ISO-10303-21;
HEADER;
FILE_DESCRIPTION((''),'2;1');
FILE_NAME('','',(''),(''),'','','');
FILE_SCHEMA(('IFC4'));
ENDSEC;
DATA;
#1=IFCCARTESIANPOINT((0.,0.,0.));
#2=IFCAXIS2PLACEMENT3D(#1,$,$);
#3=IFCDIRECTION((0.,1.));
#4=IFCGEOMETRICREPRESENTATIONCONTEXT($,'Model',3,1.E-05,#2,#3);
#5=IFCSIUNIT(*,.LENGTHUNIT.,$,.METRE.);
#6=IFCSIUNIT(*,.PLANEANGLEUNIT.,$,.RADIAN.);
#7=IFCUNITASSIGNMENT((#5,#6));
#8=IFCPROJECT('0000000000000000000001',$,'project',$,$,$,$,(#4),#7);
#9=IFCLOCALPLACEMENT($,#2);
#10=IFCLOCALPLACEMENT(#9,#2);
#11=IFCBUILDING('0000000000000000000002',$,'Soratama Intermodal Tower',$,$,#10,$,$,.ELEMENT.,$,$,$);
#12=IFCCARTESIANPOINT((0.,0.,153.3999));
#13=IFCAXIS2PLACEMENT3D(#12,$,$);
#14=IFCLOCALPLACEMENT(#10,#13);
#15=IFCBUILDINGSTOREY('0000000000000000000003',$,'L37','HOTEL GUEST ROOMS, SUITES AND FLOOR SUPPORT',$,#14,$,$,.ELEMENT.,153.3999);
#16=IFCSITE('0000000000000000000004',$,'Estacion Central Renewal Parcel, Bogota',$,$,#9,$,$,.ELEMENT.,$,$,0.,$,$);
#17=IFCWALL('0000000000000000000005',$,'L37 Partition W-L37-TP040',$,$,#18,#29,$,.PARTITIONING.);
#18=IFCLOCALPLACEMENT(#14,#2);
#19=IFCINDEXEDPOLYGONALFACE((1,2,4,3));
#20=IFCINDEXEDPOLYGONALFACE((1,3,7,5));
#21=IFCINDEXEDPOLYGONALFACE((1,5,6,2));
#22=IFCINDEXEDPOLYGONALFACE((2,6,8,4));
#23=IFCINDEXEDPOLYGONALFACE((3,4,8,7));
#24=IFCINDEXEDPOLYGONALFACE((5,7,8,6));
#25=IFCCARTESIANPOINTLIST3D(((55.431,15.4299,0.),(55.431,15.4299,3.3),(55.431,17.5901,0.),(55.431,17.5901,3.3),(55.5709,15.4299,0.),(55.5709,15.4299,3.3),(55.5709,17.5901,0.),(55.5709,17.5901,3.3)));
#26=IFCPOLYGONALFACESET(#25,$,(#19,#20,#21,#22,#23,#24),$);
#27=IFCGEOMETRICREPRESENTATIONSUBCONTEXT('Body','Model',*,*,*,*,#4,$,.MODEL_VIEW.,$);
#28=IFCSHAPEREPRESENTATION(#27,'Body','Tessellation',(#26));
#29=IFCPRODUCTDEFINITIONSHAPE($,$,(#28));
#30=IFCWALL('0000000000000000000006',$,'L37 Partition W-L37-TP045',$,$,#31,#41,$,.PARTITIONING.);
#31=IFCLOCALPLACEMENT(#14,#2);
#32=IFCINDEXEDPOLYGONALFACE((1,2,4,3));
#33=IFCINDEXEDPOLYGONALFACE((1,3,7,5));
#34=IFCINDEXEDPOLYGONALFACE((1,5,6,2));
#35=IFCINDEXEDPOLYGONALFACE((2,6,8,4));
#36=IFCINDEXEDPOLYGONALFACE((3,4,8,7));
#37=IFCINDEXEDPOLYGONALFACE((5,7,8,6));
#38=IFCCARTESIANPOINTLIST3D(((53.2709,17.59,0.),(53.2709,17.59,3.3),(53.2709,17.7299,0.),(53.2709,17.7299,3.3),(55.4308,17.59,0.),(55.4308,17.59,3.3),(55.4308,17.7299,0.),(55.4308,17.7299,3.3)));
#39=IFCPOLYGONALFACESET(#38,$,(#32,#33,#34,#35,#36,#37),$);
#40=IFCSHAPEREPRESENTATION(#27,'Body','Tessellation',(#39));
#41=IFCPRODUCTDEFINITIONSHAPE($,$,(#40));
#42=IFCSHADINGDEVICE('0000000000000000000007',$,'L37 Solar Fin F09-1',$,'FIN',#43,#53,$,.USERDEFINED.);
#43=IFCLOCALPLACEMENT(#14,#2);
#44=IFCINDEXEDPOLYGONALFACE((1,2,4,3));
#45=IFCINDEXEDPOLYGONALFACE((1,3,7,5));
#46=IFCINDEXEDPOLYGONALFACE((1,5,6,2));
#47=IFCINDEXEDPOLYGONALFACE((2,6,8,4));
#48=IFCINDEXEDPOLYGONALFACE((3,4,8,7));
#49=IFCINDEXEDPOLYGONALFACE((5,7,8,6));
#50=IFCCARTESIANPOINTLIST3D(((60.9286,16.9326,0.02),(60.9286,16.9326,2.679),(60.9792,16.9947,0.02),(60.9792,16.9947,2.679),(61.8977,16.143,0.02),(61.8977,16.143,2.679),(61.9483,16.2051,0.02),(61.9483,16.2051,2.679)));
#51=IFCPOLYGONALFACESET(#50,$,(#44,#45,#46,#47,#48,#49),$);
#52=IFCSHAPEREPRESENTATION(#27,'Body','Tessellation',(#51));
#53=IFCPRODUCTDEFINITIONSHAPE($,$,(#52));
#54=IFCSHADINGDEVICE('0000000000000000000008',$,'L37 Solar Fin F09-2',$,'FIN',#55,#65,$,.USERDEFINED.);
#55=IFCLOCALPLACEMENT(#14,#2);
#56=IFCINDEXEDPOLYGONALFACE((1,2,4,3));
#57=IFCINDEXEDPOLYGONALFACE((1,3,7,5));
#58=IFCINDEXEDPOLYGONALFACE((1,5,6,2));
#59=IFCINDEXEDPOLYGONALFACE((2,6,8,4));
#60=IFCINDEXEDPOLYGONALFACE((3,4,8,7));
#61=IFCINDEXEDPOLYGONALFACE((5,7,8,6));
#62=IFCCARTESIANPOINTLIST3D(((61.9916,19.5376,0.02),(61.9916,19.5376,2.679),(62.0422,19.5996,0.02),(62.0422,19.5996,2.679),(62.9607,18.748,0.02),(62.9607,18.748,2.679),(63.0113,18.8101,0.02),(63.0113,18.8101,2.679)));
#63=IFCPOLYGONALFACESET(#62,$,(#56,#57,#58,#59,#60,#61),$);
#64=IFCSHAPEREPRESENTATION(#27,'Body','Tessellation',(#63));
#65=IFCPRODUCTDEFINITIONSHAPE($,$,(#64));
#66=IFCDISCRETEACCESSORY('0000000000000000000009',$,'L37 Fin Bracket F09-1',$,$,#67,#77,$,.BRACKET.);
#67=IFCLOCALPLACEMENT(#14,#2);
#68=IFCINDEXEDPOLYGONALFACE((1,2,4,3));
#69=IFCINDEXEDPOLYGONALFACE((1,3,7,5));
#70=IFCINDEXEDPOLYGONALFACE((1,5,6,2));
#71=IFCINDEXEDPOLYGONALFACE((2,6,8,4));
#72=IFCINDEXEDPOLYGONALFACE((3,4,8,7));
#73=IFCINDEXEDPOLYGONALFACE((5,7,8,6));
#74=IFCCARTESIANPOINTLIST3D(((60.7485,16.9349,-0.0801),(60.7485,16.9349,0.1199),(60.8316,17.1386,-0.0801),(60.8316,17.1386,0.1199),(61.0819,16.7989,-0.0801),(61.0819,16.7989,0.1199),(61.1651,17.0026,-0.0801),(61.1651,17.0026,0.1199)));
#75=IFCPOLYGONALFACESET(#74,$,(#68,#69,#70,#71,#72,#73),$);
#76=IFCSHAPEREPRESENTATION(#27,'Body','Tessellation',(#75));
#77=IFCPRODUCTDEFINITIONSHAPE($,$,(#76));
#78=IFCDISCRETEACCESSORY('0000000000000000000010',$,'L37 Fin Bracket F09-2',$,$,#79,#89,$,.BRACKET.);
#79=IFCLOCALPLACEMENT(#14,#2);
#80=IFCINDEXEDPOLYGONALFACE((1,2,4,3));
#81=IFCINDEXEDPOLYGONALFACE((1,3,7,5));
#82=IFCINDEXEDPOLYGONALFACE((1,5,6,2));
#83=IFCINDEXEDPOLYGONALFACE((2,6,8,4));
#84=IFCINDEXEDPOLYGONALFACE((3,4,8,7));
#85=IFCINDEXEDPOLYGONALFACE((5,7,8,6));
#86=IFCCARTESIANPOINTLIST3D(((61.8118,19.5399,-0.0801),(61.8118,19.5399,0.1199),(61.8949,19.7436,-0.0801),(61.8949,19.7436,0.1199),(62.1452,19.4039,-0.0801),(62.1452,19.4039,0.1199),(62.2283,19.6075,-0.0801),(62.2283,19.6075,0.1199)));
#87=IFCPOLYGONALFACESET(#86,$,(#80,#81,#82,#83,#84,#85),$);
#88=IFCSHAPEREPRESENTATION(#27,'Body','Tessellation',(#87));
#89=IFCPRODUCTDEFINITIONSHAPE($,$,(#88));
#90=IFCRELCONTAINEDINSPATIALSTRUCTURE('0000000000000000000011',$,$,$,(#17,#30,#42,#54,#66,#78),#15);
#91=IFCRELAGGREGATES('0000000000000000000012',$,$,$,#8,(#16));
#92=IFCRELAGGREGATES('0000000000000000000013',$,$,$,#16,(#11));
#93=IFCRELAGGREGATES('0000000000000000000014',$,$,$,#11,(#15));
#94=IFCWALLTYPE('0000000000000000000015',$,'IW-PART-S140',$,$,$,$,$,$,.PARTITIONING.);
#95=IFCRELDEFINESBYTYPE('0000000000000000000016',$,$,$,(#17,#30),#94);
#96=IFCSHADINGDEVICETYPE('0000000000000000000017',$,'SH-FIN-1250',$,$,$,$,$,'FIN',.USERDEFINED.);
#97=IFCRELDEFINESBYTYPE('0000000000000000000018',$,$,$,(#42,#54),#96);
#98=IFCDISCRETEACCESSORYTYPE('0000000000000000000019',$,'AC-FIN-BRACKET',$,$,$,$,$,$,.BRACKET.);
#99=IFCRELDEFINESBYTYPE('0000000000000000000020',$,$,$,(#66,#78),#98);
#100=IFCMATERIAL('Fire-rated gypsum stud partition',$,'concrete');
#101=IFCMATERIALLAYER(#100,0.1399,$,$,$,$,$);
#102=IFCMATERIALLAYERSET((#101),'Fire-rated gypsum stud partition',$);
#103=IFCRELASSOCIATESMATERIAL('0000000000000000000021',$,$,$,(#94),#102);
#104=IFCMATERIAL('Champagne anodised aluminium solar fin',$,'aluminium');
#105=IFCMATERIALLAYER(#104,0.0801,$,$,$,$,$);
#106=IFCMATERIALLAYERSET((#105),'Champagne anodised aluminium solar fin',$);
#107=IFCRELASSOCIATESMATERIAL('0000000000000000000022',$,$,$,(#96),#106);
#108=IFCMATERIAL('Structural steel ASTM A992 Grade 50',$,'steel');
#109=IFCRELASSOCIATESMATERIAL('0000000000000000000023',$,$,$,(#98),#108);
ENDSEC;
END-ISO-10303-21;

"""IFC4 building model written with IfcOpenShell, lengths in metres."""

from ifc_helpers import new_model, si_unit, direction, frame, frame_2d, origin, origin_2d, place, context, subcontext, project, spatial, rectangle, extrude, material, layer, layer_set, type_object, element, save


model = new_model("IFC4")

# Units and contexts
model_context = context("Model", 3, precision=1e-05, world=origin(), true_north=direction((0.0, 1.0)))
body_context = subcontext(model_context, "Body", "Model", "MODEL_VIEW")
ifc_project = project(units=[si_unit("LENGTHUNIT", "METRE"), si_unit("PLANEANGLEUNIT", "RADIAN")], contexts=[model_context])

# Site, building, storey
site_placement = place(None, origin())
site = spatial("IfcSite", under=ifc_project, at=site_placement, Name="Estacion Central Renewal Parcel, Bogota", CompositionType="ELEMENT", RefElevation=0.0)
building_placement = place(site_placement, origin())
building = spatial("IfcBuilding", under=site, at=building_placement, Name="Soratama Intermodal Tower", CompositionType="ELEMENT")
storey_placement = place(building_placement, frame((0.0, 0.0, 153.3999)))
storey = spatial("IfcBuildingStorey", under=building, at=storey_placement, Name="L37", Description="HOTEL GUEST ROOMS, SUITES AND FLOOR SUPPORT", CompositionType="ELEMENT", Elevation=153.3999)

# Walls
ifc_material_1 = material(Name="Fire-rated gypsum stud partition", Category="concrete")
ifc_layer_1 = layer(ifc_material_1, 0.1399)
ifc_layer_set_1 = layer_set([ifc_layer_1], Name="Fire-rated gypsum stud partition")
wall_type_1 = type_object("IfcWallType", Name="IW-PART-S140", PredefinedType="PARTITIONING", material=ifc_layer_set_1)
wall_1_placement = place(storey_placement, frame((55.501, 15.4299, 0.0), z_axis=(0.0, 0.0, 1.0), x_axis=(0.0, 1.0, 0.0)))
element("IfcWall", 1, at=wall_1_placement, inside=storey, type_object=wall_type_1, Name="L37 Partition W-L37-TP040", PredefinedType="PARTITIONING", context=body_context, shape_type="SweptSolid", body=[
    extrude(rectangle(XDim=2.1602, YDim=0.1399, at=frame_2d((1.0801, 0.0))), origin(), (0.0, 0.0, 1.0), 3.3),
])
wall_2_placement = place(storey_placement, frame((55.4309, 17.6599, 0.0), z_axis=(0.0, 0.0, 1.0), x_axis=(-1.0, 0.0, 0.0)))
element("IfcWall", 2, at=wall_2_placement, inside=storey, type_object=wall_type_1, Name="L37 Partition W-L37-TP045", PredefinedType="PARTITIONING", context=body_context, shape_type="SweptSolid", body=[
    extrude(rectangle(XDim=2.1599, YDim=0.1399, at=frame_2d((1.0801, 0.0))), origin(), (0.0, 0.0, 1.0), 3.3),
])

# Shading devices
ifc_material_2 = material(Name="Champagne anodised aluminium solar fin", Category="aluminium")
ifc_layer_2 = layer(ifc_material_2, 0.0801)
ifc_layer_set_2 = layer_set([ifc_layer_2], Name="Champagne anodised aluminium solar fin")
shading_device_type = type_object("IfcShadingDeviceType", Name="SH-FIN-1250", ElementType="FIN", PredefinedType="USERDEFINED", material=ifc_layer_set_2)
for number, where, z_axis, x_axis, name in (
    (3, (61.4385, 16.5688, 0.02), (0.0, 0.0, 1.0), (0.775275, -0.631623, 0.0), "L37 Solar Fin F09-1"),
    (4, (62.5015, 19.1738, 0.02), (0.0, 0.0, 1.0), (0.775275, -0.631623, 0.0), "L37 Solar Fin F09-2"),
):
    element("IfcShadingDevice", number, at=place(storey_placement, frame(where, z_axis=z_axis, x_axis=x_axis)), inside=storey, type_object=shading_device_type, Name=name, ObjectType="FIN", PredefinedType="USERDEFINED", context=body_context, shape_type="SweptSolid", body=[
        extrude(rectangle(XDim=1.25, YDim=0.0801, at=origin_2d()), origin(), (0.0, 0.0, 1.0), 2.6589),
    ])

# Discrete accessories
ifc_material_3 = material(Name="Structural steel ASTM A992 Grade 50", Category="steel")
discrete_accessory_type = type_object("IfcDiscreteAccessoryType", Name="AC-FIN-BRACKET", PredefinedType="BRACKET", material=ifc_material_3)
for number, where, z_axis, x_axis, name in (
    (5, (60.9568, 16.9688, -0.0801), (0.0, 0.0, 1.0), (0.925871, -0.377841, 0.0), "L37 Fin Bracket F09-1"),
    (6, (62.02, 19.5737, -0.0801), (0.0, 0.0, 1.0), (0.925871, -0.377841, 0.0), "L37 Fin Bracket F09-2"),
):
    element("IfcDiscreteAccessory", number, at=place(storey_placement, frame(where, z_axis=z_axis, x_axis=x_axis)), inside=storey, type_object=discrete_accessory_type, Name=name, PredefinedType="BRACKET", context=body_context, shape_type="SweptSolid", body=[
        extrude(rectangle(XDim=0.3601, YDim=0.22, at=origin_2d()), origin(), (0.0, 0.0, 1.0), 0.2),
    ])

save(model, "model.ifc")
